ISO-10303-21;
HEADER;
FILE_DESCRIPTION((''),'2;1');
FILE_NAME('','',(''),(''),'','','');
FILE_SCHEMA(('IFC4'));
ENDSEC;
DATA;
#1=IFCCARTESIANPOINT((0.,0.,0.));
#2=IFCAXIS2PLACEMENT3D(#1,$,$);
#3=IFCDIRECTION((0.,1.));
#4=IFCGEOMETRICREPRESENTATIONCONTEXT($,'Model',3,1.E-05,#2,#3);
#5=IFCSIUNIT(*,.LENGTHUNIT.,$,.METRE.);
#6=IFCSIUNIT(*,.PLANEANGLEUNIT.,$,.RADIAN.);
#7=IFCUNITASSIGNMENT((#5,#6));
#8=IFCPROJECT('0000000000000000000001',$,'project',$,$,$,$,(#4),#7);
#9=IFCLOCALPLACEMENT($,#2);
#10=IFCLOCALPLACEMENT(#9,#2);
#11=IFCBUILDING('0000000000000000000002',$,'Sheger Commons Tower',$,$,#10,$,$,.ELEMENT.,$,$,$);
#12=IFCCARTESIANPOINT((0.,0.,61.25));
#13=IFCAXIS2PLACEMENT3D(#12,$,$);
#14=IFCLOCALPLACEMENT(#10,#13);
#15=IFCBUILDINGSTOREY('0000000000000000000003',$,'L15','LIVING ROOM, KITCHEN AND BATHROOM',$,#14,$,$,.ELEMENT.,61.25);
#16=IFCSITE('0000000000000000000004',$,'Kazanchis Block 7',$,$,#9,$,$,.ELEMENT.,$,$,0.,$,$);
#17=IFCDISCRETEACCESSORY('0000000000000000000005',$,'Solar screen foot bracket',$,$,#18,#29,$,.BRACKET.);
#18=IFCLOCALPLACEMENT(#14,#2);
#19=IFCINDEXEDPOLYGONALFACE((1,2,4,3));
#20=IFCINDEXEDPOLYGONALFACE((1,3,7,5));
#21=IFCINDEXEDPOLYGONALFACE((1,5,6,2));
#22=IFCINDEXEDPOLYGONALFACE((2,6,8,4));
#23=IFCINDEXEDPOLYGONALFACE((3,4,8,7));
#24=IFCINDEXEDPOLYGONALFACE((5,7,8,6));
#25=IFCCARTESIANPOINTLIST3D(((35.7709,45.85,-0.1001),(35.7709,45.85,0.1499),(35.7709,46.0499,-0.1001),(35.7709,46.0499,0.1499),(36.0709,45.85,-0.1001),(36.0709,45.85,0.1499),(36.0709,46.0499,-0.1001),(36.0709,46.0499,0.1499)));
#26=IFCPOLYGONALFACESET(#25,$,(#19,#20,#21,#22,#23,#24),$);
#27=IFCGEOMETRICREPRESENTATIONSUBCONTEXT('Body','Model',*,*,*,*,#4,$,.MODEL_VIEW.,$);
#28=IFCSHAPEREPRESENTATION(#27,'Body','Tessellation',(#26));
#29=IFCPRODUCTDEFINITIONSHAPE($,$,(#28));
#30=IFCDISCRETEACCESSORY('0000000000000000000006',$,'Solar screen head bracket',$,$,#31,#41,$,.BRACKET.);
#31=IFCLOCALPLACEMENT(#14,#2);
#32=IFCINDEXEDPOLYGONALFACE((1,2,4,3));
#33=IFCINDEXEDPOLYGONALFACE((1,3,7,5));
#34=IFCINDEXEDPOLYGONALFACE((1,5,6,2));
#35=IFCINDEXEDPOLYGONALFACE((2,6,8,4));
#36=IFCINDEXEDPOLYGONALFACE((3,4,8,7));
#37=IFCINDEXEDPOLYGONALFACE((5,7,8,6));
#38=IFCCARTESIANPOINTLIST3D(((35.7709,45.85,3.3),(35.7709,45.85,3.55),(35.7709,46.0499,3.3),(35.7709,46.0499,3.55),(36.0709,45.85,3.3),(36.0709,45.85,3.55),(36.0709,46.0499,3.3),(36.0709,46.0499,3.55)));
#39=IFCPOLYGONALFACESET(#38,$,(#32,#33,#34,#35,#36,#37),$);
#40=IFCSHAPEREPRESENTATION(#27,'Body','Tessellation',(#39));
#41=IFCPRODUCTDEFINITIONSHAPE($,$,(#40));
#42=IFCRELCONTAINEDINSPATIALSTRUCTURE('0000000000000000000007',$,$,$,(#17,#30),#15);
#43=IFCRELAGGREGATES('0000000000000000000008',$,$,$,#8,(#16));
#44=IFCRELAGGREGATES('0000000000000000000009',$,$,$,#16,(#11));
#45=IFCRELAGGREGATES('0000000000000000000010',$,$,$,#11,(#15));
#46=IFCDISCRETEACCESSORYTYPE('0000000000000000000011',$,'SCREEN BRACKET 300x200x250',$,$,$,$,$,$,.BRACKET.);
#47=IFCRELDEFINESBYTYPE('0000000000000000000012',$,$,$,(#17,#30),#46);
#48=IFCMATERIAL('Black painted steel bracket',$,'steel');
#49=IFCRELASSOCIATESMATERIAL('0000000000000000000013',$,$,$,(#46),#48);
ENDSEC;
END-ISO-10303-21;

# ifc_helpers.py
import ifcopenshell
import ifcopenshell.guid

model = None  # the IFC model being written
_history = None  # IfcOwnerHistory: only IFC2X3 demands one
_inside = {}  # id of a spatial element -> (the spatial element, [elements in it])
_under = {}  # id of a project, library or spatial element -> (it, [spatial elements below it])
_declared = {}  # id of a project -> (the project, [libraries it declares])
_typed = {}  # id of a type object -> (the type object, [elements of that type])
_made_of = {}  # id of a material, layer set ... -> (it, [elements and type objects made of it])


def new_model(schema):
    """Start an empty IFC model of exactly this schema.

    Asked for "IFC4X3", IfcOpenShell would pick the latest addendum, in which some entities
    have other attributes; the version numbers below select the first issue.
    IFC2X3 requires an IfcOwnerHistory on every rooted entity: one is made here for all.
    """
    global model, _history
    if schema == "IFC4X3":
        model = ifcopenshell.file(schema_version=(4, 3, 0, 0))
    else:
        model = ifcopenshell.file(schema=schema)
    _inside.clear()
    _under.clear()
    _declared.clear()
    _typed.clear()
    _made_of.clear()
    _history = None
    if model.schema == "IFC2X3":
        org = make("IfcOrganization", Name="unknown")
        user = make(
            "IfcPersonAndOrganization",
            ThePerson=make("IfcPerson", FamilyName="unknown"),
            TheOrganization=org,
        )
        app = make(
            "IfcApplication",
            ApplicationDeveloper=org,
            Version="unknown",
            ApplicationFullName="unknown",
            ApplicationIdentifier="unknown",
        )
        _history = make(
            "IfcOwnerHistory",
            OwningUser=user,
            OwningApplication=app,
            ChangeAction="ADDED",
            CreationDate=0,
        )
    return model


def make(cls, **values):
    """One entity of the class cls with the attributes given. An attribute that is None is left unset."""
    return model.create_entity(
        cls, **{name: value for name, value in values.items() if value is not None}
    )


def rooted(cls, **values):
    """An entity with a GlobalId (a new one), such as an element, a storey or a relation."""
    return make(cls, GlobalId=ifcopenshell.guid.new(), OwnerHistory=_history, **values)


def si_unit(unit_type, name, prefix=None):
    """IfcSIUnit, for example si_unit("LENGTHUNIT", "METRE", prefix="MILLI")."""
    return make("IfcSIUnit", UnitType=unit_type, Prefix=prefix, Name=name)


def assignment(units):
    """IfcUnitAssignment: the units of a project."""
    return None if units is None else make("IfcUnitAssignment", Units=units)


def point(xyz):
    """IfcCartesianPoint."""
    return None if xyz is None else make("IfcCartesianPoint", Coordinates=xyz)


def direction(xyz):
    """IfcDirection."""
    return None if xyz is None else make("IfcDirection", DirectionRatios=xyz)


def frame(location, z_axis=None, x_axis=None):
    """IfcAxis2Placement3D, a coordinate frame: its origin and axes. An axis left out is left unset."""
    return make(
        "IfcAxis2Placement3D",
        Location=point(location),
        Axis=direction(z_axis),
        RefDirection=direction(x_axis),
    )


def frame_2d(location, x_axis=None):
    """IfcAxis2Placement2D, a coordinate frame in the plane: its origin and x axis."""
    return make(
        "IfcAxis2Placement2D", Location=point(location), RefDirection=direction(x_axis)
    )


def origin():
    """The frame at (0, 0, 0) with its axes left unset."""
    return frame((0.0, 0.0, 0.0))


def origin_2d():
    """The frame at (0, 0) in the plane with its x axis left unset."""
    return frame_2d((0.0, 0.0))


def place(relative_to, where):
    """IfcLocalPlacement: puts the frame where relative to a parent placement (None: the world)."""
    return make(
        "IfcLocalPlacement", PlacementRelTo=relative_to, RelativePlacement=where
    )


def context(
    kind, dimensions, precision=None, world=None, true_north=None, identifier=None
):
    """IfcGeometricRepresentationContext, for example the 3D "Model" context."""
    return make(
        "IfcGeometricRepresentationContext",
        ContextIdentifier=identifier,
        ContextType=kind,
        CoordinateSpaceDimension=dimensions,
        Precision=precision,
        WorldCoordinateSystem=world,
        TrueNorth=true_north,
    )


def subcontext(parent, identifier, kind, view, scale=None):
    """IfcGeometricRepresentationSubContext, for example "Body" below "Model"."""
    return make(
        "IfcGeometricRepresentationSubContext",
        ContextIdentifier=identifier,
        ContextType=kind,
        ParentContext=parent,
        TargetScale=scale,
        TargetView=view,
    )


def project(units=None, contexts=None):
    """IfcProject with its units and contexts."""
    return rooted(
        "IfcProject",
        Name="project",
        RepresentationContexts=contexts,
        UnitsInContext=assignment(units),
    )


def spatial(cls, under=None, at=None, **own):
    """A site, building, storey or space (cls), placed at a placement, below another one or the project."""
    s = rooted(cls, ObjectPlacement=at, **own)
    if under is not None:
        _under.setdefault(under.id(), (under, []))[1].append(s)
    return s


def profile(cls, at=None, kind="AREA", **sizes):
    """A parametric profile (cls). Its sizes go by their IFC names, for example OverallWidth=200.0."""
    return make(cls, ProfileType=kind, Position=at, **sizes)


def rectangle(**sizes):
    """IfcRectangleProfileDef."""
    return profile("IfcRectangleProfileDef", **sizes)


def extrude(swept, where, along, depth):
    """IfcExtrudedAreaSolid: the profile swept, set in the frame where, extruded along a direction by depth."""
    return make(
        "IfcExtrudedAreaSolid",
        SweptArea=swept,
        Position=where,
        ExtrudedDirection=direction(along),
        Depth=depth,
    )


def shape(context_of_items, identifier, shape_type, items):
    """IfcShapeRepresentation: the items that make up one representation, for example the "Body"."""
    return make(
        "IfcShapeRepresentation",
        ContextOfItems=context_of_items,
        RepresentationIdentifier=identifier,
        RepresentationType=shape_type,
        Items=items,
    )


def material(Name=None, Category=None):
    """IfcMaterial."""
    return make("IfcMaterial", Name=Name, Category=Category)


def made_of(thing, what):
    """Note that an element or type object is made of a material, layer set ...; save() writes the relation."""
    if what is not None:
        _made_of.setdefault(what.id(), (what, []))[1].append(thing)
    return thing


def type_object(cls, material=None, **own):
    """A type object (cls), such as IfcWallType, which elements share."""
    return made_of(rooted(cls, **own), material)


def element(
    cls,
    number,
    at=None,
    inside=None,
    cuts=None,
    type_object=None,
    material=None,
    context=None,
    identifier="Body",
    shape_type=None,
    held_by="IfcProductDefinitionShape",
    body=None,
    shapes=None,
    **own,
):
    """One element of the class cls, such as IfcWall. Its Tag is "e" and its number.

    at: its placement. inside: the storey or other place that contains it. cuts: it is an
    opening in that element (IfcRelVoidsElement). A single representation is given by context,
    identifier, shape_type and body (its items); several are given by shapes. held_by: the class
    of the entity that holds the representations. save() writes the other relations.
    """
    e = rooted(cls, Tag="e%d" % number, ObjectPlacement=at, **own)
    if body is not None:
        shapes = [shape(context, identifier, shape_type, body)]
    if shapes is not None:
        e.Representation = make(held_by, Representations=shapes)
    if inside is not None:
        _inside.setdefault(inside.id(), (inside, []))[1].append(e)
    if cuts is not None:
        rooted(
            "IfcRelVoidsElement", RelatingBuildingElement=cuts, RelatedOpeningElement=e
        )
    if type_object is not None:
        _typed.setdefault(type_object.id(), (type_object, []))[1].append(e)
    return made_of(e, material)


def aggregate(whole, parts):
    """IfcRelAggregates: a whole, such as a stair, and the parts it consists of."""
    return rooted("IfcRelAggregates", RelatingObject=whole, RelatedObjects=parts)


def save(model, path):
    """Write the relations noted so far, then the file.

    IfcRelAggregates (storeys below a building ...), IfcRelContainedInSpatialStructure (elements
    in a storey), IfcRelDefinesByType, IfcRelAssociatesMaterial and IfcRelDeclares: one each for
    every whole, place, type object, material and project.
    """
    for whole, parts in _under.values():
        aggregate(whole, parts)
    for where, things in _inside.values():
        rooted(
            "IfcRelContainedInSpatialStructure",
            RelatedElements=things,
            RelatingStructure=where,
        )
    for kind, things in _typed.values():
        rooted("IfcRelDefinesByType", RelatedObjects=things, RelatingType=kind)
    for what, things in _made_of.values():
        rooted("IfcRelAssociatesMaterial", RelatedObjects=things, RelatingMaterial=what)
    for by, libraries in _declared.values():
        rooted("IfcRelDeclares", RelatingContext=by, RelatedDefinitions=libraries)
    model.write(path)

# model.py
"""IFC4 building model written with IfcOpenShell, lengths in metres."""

from ifc_helpers import new_model, si_unit, direction, frame, origin, origin_2d, place, context, subcontext, project, spatial, rectangle, extrude, material, type_object, element, save


model = new_model("IFC4")

# Units and contexts
model_context = context("Model", 3, precision=1e-05, world=origin(), true_north=direction((0.0, 1.0)))
body_context = subcontext(model_context, "Body", "Model", "MODEL_VIEW")
ifc_project = project(units=[si_unit("LENGTHUNIT", "METRE"), si_unit("PLANEANGLEUNIT", "RADIAN")], contexts=[model_context])

# Site, building, storey
site_placement = place(None, origin())
site = spatial("IfcSite", under=ifc_project, at=site_placement, Name="Kazanchis Block 7", CompositionType="ELEMENT", RefElevation=0.0)
building_placement = place(site_placement, origin())
building = spatial("IfcBuilding", under=site, at=building_placement, Name="Sheger Commons Tower", CompositionType="ELEMENT")
storey_placement = place(building_placement, frame((0.0, 0.0, 61.25)))
storey = spatial("IfcBuildingStorey", under=building, at=storey_placement, Name="L15", Description="LIVING ROOM, KITCHEN AND BATHROOM", CompositionType="ELEMENT", Elevation=61.25)

# Discrete accessories
ifc_material_1 = material(Name="Black painted steel bracket", Category="steel")
discrete_accessory_type = type_object("IfcDiscreteAccessoryType", Name="SCREEN BRACKET 300x200x250", PredefinedType="BRACKET", material=ifc_material_1)
for number, where, z_axis, x_axis, name in (
    (1, (35.9209, 45.95, -0.1001), (0.0, 0.0, 1.0), (-1.0, 0.0, 0.0), "Solar screen foot bracket"),
    (2, (35.9209, 45.95, 3.3), (0.0, 0.0, 1.0), (-1.0, 0.0, 0.0), "Solar screen head bracket"),
):
    element("IfcDiscreteAccessory", number, at=place(storey_placement, frame(where, z_axis=z_axis, x_axis=x_axis)), inside=storey, type_object=discrete_accessory_type, Name=name, PredefinedType="BRACKET", context=body_context, shape_type="SweptSolid", body=[
        extrude(rectangle(XDim=0.3, YDim=0.2, at=origin_2d()), origin(), (0.0, 0.0, 1.0), 0.25),
    ])

save(model, "model.ifc")
